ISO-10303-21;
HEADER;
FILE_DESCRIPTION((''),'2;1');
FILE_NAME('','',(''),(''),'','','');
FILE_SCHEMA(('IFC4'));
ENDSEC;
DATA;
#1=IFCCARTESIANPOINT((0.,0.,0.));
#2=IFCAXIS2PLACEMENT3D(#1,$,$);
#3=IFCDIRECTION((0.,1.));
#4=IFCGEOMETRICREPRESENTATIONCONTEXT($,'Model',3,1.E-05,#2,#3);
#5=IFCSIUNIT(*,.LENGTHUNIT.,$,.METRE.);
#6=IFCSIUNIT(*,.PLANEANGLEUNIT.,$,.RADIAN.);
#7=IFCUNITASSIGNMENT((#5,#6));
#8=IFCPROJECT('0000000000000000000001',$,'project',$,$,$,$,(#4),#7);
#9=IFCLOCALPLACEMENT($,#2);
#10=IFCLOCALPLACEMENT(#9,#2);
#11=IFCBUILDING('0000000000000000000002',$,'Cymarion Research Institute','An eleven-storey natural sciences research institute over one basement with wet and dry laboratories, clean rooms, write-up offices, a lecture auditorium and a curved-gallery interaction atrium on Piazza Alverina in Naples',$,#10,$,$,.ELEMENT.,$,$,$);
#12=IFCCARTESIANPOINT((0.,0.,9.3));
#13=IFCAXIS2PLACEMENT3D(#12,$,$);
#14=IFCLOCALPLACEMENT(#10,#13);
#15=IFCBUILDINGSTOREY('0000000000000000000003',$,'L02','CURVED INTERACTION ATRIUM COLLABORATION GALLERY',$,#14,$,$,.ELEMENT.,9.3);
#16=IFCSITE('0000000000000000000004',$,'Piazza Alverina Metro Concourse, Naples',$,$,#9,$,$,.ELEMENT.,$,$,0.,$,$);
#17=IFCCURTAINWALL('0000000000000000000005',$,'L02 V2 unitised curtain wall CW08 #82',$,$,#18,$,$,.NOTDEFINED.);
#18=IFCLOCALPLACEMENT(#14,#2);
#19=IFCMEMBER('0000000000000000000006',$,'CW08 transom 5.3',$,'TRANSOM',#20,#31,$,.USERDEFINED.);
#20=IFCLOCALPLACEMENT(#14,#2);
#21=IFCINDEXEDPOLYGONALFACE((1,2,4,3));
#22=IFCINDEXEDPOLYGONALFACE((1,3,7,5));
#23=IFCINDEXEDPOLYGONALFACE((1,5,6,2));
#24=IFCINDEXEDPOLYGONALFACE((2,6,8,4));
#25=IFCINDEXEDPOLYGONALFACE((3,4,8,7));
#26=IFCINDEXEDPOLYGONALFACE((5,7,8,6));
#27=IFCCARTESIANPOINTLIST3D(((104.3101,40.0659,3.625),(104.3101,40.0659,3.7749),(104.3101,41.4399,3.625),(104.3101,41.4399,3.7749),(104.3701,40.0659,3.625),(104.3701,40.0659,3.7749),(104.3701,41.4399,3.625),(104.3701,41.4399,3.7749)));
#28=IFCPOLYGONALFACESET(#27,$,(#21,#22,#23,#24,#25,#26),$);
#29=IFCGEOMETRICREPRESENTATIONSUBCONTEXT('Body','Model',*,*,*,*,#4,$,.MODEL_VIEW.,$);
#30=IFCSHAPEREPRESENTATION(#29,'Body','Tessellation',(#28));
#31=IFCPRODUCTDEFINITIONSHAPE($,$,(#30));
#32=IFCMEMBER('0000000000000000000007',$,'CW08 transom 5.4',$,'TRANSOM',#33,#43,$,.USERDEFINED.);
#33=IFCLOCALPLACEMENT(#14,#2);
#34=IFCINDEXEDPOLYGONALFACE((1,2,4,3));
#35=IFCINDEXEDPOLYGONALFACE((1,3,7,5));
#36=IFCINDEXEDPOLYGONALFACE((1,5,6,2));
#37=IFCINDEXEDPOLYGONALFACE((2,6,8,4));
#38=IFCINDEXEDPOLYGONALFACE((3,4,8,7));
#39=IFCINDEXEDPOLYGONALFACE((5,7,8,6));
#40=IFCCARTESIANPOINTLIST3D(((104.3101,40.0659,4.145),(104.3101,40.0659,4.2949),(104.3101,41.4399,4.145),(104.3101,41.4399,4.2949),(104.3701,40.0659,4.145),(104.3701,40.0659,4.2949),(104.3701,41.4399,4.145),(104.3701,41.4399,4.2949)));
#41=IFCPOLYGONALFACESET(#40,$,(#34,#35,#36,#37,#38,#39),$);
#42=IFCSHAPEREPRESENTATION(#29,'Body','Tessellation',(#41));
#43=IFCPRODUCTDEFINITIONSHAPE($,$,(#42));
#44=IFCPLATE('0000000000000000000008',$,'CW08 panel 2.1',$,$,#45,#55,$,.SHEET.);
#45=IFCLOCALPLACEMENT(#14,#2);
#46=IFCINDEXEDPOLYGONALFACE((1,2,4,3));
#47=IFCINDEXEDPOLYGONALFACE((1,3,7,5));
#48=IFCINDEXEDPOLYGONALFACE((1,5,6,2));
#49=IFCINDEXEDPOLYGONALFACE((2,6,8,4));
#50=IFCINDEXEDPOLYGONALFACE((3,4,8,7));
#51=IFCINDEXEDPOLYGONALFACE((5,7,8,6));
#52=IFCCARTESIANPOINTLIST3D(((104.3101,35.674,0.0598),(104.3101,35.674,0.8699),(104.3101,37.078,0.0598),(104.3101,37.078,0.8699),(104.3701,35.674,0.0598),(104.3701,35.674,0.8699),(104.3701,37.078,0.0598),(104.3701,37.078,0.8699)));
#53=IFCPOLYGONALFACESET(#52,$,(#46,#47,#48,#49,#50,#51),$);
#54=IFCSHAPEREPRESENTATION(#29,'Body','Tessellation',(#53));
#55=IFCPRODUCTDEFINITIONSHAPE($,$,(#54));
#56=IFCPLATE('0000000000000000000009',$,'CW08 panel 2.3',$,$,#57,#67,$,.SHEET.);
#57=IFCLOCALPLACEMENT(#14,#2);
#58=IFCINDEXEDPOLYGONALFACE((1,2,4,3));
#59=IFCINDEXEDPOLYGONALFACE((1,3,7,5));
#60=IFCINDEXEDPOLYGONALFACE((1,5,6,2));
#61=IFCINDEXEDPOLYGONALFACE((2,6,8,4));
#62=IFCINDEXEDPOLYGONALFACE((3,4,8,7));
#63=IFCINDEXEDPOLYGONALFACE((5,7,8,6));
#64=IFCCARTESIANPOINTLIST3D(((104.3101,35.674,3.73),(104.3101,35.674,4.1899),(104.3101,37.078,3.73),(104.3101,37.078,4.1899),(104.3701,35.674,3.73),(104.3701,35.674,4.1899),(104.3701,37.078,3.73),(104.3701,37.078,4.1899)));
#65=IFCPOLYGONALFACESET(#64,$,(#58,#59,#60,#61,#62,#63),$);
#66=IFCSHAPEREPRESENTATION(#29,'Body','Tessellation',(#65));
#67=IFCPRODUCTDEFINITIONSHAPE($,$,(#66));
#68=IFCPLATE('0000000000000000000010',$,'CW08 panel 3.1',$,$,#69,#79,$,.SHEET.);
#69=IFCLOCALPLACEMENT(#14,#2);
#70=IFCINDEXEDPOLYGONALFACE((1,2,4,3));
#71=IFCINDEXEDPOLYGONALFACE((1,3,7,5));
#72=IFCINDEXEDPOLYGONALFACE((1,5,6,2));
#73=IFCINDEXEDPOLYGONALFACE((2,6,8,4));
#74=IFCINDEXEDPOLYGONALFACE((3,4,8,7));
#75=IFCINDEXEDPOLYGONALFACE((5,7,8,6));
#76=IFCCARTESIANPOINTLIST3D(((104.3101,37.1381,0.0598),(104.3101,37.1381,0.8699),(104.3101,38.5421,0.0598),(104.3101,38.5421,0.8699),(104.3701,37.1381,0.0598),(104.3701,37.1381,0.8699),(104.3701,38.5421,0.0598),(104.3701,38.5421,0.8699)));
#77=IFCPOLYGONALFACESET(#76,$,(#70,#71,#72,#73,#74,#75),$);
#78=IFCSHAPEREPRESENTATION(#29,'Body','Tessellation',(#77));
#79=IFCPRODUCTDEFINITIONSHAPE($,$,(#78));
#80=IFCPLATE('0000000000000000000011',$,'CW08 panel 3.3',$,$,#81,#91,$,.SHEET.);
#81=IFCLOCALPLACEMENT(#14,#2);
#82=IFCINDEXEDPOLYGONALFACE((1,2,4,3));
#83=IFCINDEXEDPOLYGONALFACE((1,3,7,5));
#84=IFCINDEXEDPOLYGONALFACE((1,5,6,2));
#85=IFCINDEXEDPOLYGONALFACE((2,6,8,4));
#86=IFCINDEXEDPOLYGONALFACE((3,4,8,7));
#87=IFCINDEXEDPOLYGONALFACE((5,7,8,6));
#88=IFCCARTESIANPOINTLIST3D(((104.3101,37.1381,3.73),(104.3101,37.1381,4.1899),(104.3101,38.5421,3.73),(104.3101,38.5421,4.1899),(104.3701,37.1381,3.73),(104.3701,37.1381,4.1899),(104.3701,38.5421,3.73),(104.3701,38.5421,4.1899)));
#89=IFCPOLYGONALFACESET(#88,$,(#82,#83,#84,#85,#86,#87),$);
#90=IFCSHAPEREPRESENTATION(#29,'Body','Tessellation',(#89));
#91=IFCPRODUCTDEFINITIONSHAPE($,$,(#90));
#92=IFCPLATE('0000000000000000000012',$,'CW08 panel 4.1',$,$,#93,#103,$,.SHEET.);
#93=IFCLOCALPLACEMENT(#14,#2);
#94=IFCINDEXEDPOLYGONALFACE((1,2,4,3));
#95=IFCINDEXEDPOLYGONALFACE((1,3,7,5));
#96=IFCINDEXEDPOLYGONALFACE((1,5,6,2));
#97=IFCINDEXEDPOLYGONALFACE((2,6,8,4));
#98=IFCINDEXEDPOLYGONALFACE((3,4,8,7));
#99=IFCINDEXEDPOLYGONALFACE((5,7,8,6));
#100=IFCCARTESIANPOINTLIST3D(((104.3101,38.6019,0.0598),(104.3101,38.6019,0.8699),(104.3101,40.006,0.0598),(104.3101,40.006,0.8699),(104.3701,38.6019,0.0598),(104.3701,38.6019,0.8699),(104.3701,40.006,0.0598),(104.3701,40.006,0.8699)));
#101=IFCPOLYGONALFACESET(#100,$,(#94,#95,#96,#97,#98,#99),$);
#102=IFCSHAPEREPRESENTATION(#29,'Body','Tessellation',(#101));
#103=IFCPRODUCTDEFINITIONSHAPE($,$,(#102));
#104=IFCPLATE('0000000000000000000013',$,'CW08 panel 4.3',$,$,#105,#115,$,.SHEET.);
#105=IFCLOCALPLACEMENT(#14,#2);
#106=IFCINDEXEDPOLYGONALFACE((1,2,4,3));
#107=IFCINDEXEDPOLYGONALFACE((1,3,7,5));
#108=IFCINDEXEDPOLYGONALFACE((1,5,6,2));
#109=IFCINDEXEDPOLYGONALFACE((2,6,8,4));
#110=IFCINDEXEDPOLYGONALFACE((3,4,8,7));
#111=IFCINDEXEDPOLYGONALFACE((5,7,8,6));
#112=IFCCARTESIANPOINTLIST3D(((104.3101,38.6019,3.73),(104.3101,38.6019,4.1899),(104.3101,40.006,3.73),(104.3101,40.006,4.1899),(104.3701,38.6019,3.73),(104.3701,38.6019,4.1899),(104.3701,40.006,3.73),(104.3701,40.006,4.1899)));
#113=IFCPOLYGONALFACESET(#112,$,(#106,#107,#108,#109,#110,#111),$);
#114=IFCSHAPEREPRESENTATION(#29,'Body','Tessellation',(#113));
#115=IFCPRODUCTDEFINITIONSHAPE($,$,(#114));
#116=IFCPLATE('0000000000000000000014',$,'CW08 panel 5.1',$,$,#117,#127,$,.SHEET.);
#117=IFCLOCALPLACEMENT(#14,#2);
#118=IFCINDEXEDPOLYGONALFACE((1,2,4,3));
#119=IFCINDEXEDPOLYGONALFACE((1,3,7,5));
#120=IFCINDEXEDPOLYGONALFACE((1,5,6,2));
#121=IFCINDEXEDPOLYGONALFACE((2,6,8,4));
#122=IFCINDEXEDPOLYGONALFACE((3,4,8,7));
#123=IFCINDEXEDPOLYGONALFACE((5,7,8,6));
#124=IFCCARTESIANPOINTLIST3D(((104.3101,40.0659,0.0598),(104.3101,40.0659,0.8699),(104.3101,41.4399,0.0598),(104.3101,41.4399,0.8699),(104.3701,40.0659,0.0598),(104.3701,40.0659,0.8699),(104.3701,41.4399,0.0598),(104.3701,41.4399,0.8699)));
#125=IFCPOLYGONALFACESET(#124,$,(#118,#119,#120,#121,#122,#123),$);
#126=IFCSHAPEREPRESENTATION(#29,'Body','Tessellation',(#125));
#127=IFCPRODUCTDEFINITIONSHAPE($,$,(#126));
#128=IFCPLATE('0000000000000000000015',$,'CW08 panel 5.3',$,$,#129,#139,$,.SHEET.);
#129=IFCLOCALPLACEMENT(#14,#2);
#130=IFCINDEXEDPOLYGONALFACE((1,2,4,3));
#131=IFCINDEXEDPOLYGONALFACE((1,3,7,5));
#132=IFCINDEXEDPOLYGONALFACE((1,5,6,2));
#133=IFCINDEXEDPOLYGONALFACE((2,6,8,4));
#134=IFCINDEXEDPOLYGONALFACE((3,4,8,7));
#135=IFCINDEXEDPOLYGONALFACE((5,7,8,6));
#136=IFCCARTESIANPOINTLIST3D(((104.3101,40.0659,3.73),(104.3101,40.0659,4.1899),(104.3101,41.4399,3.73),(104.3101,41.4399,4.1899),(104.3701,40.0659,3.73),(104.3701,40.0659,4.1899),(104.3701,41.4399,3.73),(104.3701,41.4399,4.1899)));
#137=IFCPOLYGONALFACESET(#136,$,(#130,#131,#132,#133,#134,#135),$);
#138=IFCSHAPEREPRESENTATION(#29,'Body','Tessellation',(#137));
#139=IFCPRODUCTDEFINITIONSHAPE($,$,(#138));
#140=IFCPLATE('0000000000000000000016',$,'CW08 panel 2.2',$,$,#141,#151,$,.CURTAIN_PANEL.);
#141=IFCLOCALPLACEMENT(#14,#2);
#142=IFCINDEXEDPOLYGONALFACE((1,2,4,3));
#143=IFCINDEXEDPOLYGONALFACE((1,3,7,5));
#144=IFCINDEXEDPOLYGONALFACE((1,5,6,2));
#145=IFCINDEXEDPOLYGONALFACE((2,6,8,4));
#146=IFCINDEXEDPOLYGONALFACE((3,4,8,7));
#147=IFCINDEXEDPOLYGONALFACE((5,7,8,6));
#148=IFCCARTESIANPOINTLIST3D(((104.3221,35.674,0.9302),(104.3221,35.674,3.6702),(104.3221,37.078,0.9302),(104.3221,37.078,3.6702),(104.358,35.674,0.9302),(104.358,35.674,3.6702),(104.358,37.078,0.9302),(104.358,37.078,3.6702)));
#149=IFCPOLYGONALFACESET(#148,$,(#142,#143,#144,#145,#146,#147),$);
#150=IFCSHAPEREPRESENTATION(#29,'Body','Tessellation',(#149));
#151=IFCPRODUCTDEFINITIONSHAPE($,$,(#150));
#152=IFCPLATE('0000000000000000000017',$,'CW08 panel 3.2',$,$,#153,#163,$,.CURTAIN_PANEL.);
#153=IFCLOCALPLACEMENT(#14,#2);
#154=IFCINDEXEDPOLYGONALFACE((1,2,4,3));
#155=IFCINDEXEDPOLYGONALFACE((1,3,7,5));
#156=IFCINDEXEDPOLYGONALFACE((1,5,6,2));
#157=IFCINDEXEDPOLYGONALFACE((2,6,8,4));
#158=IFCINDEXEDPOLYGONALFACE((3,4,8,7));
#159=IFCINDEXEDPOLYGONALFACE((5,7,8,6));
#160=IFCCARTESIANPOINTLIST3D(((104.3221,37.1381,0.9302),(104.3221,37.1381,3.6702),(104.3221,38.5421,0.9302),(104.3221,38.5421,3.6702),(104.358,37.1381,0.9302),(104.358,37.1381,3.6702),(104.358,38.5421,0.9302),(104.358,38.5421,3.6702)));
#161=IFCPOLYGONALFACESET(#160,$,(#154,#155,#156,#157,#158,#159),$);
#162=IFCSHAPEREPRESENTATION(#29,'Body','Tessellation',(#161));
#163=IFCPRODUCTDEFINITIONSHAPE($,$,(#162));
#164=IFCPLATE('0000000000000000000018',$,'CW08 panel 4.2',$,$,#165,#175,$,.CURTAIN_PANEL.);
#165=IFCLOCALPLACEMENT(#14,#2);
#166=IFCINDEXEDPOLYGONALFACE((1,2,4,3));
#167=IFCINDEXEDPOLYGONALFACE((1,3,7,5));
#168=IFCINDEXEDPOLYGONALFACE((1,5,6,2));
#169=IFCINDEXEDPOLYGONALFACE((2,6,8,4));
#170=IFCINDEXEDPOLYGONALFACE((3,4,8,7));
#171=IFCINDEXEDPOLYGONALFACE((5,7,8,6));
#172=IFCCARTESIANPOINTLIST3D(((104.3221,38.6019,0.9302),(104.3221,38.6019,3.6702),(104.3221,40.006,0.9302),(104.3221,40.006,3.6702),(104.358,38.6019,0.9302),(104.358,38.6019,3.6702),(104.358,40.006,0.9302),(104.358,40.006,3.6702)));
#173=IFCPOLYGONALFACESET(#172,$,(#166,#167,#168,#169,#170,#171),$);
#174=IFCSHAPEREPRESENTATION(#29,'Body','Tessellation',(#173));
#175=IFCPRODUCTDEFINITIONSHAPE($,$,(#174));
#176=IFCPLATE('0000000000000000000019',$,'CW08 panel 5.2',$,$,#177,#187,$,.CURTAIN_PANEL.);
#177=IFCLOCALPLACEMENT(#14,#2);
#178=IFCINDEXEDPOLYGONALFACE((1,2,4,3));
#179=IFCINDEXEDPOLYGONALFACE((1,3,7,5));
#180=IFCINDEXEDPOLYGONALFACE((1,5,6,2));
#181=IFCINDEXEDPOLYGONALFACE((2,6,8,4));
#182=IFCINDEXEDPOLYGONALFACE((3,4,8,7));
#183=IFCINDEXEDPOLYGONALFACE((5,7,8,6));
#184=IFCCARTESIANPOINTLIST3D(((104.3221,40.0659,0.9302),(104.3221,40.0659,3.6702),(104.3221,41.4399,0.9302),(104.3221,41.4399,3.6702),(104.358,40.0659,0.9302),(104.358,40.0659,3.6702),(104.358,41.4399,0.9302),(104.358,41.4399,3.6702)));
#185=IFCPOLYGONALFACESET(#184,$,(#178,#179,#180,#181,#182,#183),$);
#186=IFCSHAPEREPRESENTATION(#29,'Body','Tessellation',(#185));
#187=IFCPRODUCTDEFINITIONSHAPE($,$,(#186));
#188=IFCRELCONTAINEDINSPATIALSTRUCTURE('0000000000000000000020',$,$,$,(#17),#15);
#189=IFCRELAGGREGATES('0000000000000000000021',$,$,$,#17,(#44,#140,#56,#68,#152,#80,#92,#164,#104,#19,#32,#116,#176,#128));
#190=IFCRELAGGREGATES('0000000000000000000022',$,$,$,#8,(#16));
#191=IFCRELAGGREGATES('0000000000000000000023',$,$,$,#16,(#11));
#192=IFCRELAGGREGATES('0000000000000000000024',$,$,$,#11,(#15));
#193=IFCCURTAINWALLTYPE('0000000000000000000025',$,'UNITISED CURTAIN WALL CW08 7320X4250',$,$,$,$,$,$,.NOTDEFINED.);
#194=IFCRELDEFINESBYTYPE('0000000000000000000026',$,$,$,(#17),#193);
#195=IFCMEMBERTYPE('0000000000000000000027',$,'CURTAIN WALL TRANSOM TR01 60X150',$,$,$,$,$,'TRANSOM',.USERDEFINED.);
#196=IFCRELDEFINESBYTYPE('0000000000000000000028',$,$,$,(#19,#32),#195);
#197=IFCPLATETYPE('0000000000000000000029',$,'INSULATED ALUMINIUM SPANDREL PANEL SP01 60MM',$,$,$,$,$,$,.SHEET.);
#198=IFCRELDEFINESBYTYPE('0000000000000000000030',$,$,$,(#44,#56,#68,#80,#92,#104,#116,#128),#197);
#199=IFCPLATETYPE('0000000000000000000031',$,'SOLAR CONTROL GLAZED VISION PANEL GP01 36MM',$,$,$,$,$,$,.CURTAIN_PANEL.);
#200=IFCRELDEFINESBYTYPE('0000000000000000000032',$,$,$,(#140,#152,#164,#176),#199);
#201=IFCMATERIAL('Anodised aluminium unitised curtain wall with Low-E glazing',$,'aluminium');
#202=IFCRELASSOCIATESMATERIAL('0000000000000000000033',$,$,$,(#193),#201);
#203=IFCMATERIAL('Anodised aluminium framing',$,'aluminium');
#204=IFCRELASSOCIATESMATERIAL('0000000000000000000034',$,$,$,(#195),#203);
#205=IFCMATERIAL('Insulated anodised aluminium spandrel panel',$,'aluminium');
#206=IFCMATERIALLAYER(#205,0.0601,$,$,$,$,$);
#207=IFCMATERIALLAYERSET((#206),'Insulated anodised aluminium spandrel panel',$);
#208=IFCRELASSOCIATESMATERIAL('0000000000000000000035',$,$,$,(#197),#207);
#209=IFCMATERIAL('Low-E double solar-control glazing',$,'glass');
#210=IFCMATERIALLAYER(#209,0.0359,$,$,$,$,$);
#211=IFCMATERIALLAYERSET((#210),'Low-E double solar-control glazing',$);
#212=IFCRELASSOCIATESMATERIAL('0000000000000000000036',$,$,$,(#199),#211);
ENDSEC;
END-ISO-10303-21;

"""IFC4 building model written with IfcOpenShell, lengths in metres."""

from ifc_helpers import new_model, si_unit, direction, frame, origin, origin_2d, place, context, subcontext, project, spatial, rectangle, extrude, material, layer, layer_set, material_profile, profile_set, type_object, element, aggregate, save


model = new_model("IFC4")

# Units and contexts
model_context = context("Model", 3, precision=1e-05, world=origin(), true_north=direction((0.0, 1.0)))
body_context = subcontext(model_context, "Body", "Model", "MODEL_VIEW")
ifc_project = project(units=[si_unit("LENGTHUNIT", "METRE"), si_unit("PLANEANGLEUNIT", "RADIAN")], contexts=[model_context])

# Site, building, storey
site_placement = place(None, origin())
site = spatial("IfcSite", under=ifc_project, at=site_placement, Name="Piazza Alverina Metro Concourse, Naples", CompositionType="ELEMENT", RefElevation=0.0)
building_placement = place(site_placement, origin())
building = spatial("IfcBuilding", under=site, at=building_placement, Name="Cymarion Research Institute", Description="An eleven-storey natural sciences research institute over one basement with wet and dry laboratories, clean rooms, write-up offices, a lecture auditorium and a curved-gallery interaction atrium on Piazza Alverina in Naples", CompositionType="ELEMENT")
storey_placement = place(building_placement, frame((0.0, 0.0, 9.3)))
storey = spatial("IfcBuildingStorey", under=building, at=storey_placement, Name="L02", Description="CURVED INTERACTION ATRIUM COLLABORATION GALLERY", CompositionType="ELEMENT", Elevation=9.3)

# Curtain wall, members, plates
ifc_material_1 = material(Name="Anodised aluminium unitised curtain wall with Low-E glazing", Category="aluminium")
curtain_wall_type = type_object("IfcCurtainWallType", Name="UNITISED CURTAIN WALL CW08 7320X4250", PredefinedType="NOTDEFINED", material=ifc_material_1)
curtain_wall_placement = place(storey_placement, origin())
curtain_wall = element("IfcCurtainWall", 1, at=curtain_wall_placement, inside=storey, type_object=curtain_wall_type, Name="L02 V2 unitised curtain wall CW08 #82", PredefinedType="NOTDEFINED")
ifc_material_2 = material(Name="Anodised aluminium framing", Category="aluminium")
ifc_material_profile_1 = material_profile(ifc_material_2, rectangle(XDim=0.0601, YDim=0.1499, at=origin_2d()), Name="ALU TRANSOM 60x150")
ifc_profile_set_1 = profile_set([ifc_material_profile_1], Name="Anodised aluminium framing")
member_type_1 = type_object("IfcMemberType", Name="CURTAIN WALL TRANSOM TR01 60X150", ElementType="TRANSOM", PredefinedType="USERDEFINED", material=ifc_profile_set_1)
member_1_placement = place(storey_placement, frame((104.3401, 40.0659, 3.7), z_axis=(0.0, 1.0, 0.0), x_axis=(-1.0, 0.0, 0.0)))
member_1 = element("IfcMember", 2, at=member_1_placement, type_object=member_type_1, Name="CW08 transom 5.3", ObjectType="TRANSOM", PredefinedType="USERDEFINED", context=body_context, shape_type="SweptSolid", body=[
    extrude(rectangle(XDim=0.0601, YDim=0.1499, at=origin_2d()), origin(), (0.0, 0.0, 1.0), 1.374),
])
member_2_placement = place(storey_placement, frame((104.3401, 40.0659, 4.22), z_axis=(0.0, 1.0, 0.0), x_axis=(-1.0, 0.0, 0.0)))
member_2 = element("IfcMember", 3, at=member_2_placement, type_object=member_type_1, Name="CW08 transom 5.4", ObjectType="TRANSOM", PredefinedType="USERDEFINED", context=body_context, shape_type="SweptSolid", body=[
    extrude(rectangle(XDim=0.0601, YDim=0.1499, at=origin_2d()), origin(), (0.0, 0.0, 1.0), 1.374),
])
ifc_material_3 = material(Name="Insulated anodised aluminium spandrel panel", Category="aluminium")
ifc_layer_1 = layer(ifc_material_3, 0.0601)
ifc_layer_set_1 = layer_set([ifc_layer_1], Name="Insulated anodised aluminium spandrel panel")
plate_type_1 = type_object("IfcPlateType", Name="INSULATED ALUMINIUM SPANDREL PANEL SP01 60MM", PredefinedType="SHEET", material=ifc_layer_set_1)
plate_1_placement = place(storey_placement, frame((104.3401, 36.376, 0.0598), z_axis=(0.0, 0.0, 1.0), x_axis=(0.0, 1.0, 0.0)))
plate_1 = element("IfcPlate", 4, at=plate_1_placement, type_object=plate_type_1, Name="CW08 panel 2.1", PredefinedType="SHEET", context=body_context, shape_type="SweptSolid", body=[
    extrude(rectangle(XDim=1.4041, YDim=0.0601, at=origin_2d()), origin(), (0.0, 0.0, 1.0), 0.8101),
])
plate_2_placement = place(storey_placement, frame((104.3401, 36.376, 3.73), z_axis=(0.0, 0.0, 1.0), x_axis=(0.0, 1.0, 0.0)))
plate_2 = element("IfcPlate", 5, at=plate_2_placement, type_object=plate_type_1, Name="CW08 panel 2.3", PredefinedType="SHEET", context=body_context, shape_type="SweptSolid", body=[
    extrude(rectangle(XDim=1.4041, YDim=0.0601, at=origin_2d()), origin(), (0.0, 0.0, 1.0), 0.46),
])
plate_3_placement = place(storey_placement, frame((104.3401, 37.8401, 0.0598), z_axis=(0.0, 0.0, 1.0), x_axis=(0.0, 1.0, 0.0)))
plate_3 = element("IfcPlate", 6, at=plate_3_placement, type_object=plate_type_1, Name="CW08 panel 3.1", PredefinedType="SHEET", context=body_context, shape_type="SweptSolid", body=[
    extrude(rectangle(XDim=1.4041, YDim=0.0601, at=origin_2d()), origin(), (0.0, 0.0, 1.0), 0.8101),
])
plate_4_placement = place(storey_placement, frame((104.3401, 37.8401, 3.73), z_axis=(0.0, 0.0, 1.0), x_axis=(0.0, 1.0, 0.0)))
plate_4 = element("IfcPlate", 7, at=plate_4_placement, type_object=plate_type_1, Name="CW08 panel 3.3", PredefinedType="SHEET", context=body_context, shape_type="SweptSolid", body=[
    extrude(rectangle(XDim=1.4041, YDim=0.0601, at=origin_2d()), origin(), (0.0, 0.0, 1.0), 0.46),
])
plate_5_placement = place(storey_placement, frame((104.3401, 39.304, 0.0598), z_axis=(0.0, 0.0, 1.0), x_axis=(0.0, 1.0, 0.0)))
plate_5 = element("IfcPlate", 8, at=plate_5_placement, type_object=plate_type_1, Name="CW08 panel 4.1", PredefinedType="SHEET", context=body_context, shape_type="SweptSolid", body=[
    extrude(rectangle(XDim=1.4041, YDim=0.0601, at=origin_2d()), origin(), (0.0, 0.0, 1.0), 0.8101),
])
plate_6_placement = place(storey_placement, frame((104.3401, 39.304, 3.73), z_axis=(0.0, 0.0, 1.0), x_axis=(0.0, 1.0, 0.0)))
plate_6 = element("IfcPlate", 9, at=plate_6_placement, type_object=plate_type_1, Name="CW08 panel 4.3", PredefinedType="SHEET", context=body_context, shape_type="SweptSolid", body=[
    extrude(rectangle(XDim=1.4041, YDim=0.0601, at=origin_2d()), origin(), (0.0, 0.0, 1.0), 0.46),
])
plate_7_placement = place(storey_placement, frame((104.3401, 40.7529, 0.0598), z_axis=(0.0, 0.0, 1.0), x_axis=(0.0, 1.0, 0.0)))
plate_7 = element("IfcPlate", 10, at=plate_7_placement, type_object=plate_type_1, Name="CW08 panel 5.1", PredefinedType="SHEET", context=body_context, shape_type="SweptSolid", body=[
    extrude(rectangle(XDim=1.374, YDim=0.0601, at=origin_2d()), origin(), (0.0, 0.0, 1.0), 0.8101),
])
plate_8_placement = place(storey_placement, frame((104.3401, 40.7529, 3.73), z_axis=(0.0, 0.0, 1.0), x_axis=(0.0, 1.0, 0.0)))
plate_8 = element("IfcPlate", 11, at=plate_8_placement, type_object=plate_type_1, Name="CW08 panel 5.3", PredefinedType="SHEET", context=body_context, shape_type="SweptSolid", body=[
    extrude(rectangle(XDim=1.374, YDim=0.0601, at=origin_2d()), origin(), (0.0, 0.0, 1.0), 0.46),
])
ifc_material_4 = material(Name="Low-E double solar-control glazing", Category="glass")
ifc_layer_2 = layer(ifc_material_4, 0.0359)
ifc_layer_set_2 = layer_set([ifc_layer_2], Name="Low-E double solar-control glazing")
plate_type_2 = type_object("IfcPlateType", Name="SOLAR CONTROL GLAZED VISION PANEL GP01 36MM", PredefinedType="CURTAIN_PANEL", material=ifc_layer_set_2)
plate_9_placement = place(storey_placement, frame((104.3401, 36.376, 0.9302), z_axis=(0.0, 0.0, 1.0), x_axis=(0.0, 1.0, 0.0)))
plate_9 = element("IfcPlate", 12, at=plate_9_placement, type_object=plate_type_2, Name="CW08 panel 2.2", PredefinedType="CURTAIN_PANEL", context=body_context, shape_type="SweptSolid", body=[
    extrude(rectangle(XDim=1.4041, YDim=0.0359, at=origin_2d()), origin(), (0.0, 0.0, 1.0), 2.74),
])
plate_10_placement = place(storey_placement, frame((104.3401, 37.8401, 0.9302), z_axis=(0.0, 0.0, 1.0), x_axis=(0.0, 1.0, 0.0)))
plate_10 = element("IfcPlate", 13, at=plate_10_placement, type_object=plate_type_2, Name="CW08 panel 3.2", PredefinedType="CURTAIN_PANEL", context=body_context, shape_type="SweptSolid", body=[
    extrude(rectangle(XDim=1.4041, YDim=0.0359, at=origin_2d()), origin(), (0.0, 0.0, 1.0), 2.74),
])
plate_11_placement = place(storey_placement, frame((104.3401, 39.304, 0.9302), z_axis=(0.0, 0.0, 1.0), x_axis=(0.0, 1.0, 0.0)))
plate_11 = element("IfcPlate", 14, at=plate_11_placement, type_object=plate_type_2, Name="CW08 panel 4.2", PredefinedType="CURTAIN_PANEL", context=body_context, shape_type="SweptSolid", body=[
    extrude(rectangle(XDim=1.4041, YDim=0.0359, at=origin_2d()), origin(), (0.0, 0.0, 1.0), 2.74),
])
plate_12_placement = place(storey_placement, frame((104.3401, 40.7529, 0.9302), z_axis=(0.0, 0.0, 1.0), x_axis=(0.0, 1.0, 0.0)))
plate_12 = element("IfcPlate", 15, at=plate_12_placement, type_object=plate_type_2, Name="CW08 panel 5.2", PredefinedType="CURTAIN_PANEL", context=body_context, shape_type="SweptSolid", body=[
    extrude(rectangle(XDim=1.374, YDim=0.0359, at=origin_2d()), origin(), (0.0, 0.0, 1.0), 2.74),
])
aggregate(curtain_wall, [plate_1, plate_9, plate_2, plate_3, plate_10, plate_4, plate_5, plate_11, plate_6, member_1, member_2, plate_7, plate_12, plate_8])

save(model, "model.ifc")
